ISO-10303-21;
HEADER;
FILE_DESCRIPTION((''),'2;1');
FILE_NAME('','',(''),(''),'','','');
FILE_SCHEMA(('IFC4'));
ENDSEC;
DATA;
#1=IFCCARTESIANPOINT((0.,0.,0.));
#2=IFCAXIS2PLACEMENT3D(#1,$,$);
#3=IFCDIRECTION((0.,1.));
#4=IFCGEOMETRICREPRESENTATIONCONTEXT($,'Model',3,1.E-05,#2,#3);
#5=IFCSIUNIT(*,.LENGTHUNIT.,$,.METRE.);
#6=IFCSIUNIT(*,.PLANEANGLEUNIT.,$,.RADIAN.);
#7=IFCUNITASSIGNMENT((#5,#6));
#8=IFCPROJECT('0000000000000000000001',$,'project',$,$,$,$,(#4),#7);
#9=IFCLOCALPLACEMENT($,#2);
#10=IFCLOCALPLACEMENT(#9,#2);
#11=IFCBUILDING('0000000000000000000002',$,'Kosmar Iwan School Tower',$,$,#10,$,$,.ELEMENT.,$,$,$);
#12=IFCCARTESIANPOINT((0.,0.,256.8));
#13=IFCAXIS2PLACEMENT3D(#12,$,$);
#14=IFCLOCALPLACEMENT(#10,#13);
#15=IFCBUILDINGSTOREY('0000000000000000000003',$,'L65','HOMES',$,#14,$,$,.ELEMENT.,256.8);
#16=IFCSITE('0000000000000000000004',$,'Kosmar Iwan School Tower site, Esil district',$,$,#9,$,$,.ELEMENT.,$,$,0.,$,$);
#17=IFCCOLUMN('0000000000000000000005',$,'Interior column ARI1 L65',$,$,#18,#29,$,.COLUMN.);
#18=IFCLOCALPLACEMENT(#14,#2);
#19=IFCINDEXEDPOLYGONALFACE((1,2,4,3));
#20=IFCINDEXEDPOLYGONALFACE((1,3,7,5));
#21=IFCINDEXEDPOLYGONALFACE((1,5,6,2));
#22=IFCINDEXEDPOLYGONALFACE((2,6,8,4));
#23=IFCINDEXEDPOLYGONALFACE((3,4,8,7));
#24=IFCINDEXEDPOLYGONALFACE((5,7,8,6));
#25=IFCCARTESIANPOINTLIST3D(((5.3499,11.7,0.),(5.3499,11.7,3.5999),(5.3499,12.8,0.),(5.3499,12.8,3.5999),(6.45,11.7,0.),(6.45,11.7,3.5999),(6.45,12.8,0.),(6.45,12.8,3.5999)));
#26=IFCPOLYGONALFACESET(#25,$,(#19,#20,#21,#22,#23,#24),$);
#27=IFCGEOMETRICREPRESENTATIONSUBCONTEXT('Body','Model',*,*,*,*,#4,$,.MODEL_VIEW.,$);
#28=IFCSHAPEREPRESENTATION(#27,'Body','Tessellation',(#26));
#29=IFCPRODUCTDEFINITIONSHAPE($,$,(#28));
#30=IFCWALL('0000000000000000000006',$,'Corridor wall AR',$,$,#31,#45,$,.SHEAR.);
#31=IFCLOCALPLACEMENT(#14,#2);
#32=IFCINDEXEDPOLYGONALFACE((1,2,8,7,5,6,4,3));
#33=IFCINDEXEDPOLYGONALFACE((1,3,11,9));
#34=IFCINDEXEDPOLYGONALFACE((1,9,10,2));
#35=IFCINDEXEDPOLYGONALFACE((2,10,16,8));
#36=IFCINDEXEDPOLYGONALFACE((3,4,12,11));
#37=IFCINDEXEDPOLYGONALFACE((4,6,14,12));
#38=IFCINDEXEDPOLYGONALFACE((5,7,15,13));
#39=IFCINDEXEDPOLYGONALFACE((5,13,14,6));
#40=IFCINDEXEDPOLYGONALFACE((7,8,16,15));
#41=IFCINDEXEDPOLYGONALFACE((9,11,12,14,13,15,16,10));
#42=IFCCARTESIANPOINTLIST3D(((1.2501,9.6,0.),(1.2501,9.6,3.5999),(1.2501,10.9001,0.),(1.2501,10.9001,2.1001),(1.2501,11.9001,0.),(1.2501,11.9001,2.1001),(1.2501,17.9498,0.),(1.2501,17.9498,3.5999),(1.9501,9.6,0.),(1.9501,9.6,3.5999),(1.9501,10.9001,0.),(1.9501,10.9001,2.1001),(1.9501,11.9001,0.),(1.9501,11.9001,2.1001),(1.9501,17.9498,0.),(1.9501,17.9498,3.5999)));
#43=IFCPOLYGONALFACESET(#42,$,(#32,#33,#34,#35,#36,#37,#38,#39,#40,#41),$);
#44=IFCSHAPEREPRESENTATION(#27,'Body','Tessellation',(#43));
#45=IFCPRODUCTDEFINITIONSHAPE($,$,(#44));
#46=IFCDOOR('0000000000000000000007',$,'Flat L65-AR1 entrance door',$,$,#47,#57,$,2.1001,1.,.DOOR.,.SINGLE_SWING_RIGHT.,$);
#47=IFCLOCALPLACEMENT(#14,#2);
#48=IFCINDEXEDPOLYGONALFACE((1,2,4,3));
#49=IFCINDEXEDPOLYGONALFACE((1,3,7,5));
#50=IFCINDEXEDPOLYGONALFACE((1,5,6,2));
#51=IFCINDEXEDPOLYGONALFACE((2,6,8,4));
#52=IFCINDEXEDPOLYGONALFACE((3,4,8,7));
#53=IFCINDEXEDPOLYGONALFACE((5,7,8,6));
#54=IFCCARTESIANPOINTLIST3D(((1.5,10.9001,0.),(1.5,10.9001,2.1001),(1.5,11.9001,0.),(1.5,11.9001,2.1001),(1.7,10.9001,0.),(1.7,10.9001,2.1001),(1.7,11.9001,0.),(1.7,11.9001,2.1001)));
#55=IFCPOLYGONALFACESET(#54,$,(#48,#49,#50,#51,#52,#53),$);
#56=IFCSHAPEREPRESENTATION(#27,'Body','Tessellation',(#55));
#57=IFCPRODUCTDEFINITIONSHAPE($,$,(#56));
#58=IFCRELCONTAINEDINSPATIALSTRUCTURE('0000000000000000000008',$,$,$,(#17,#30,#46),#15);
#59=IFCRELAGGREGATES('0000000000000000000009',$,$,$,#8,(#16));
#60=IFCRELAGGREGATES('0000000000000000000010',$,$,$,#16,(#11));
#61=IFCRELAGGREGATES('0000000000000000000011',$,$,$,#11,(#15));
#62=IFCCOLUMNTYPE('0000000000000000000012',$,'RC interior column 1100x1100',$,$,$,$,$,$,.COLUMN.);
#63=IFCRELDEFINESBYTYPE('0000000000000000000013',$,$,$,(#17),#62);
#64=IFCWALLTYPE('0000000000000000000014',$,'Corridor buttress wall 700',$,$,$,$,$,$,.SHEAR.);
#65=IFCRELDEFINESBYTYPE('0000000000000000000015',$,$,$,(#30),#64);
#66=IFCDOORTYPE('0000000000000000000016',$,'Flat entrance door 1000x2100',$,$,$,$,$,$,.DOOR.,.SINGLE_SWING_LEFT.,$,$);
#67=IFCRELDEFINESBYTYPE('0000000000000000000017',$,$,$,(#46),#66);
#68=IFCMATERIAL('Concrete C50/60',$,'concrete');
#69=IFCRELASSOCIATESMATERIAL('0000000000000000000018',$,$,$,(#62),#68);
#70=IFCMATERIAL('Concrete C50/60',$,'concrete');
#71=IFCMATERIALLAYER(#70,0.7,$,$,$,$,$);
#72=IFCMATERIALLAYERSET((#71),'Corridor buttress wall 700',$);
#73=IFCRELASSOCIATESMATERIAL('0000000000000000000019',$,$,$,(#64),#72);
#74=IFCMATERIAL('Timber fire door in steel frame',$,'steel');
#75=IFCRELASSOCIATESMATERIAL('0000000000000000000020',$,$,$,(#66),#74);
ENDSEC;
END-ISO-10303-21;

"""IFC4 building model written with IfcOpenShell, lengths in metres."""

from ifc_helpers import new_model, si_unit, direction, frame, frame_2d, origin, origin_2d, place, context, subcontext, project, spatial, rectangle, extrude, material, layer, layer_set, material_profile, profile_set, type_object, element, fill, save


model = new_model("IFC4")

# Units and contexts
model_context = context("Model", 3, precision=1e-05, world=origin(), true_north=direction((0.0, 1.0)))
body_context = subcontext(model_context, "Body", "Model", "MODEL_VIEW")
ifc_project = project(units=[si_unit("LENGTHUNIT", "METRE"), si_unit("PLANEANGLEUNIT", "RADIAN")], contexts=[model_context])

# Site, building, storey
site_placement = place(None, origin())
site = spatial("IfcSite", under=ifc_project, at=site_placement, Name="Kosmar Iwan School Tower site, Esil district", CompositionType="ELEMENT", RefElevation=0.0)
building_placement = place(site_placement, origin())
building = spatial("IfcBuilding", under=site, at=building_placement, Name="Kosmar Iwan School Tower", CompositionType="ELEMENT")
storey_placement = place(building_placement, frame((0.0, 0.0, 256.8)))
storey = spatial("IfcBuildingStorey", under=building, at=storey_placement, Name="L65", Description="HOMES", CompositionType="ELEMENT", Elevation=256.8)

# Column
ifc_material_1 = material(Name="Concrete C50/60", Category="concrete")
ifc_material_profile = material_profile(ifc_material_1, rectangle(XDim=1.1001, YDim=1.1001, at=origin_2d()), Name="RC 1100x1100")
ifc_profile_set = profile_set([ifc_material_profile], Name="Concrete C50/60")
column_type = type_object("IfcColumnType", Name="RC interior column 1100x1100", PredefinedType="COLUMN", material=ifc_profile_set)
column_placement = place(storey_placement, frame((5.8999, 12.25, 0.0), z_axis=(0.0, 0.0, 1.0), x_axis=(0.0, 1.0, 0.0)))
element("IfcColumn", 1, at=column_placement, inside=storey, type_object=column_type, Name="Interior column ARI1 L65", PredefinedType="COLUMN", context=body_context, shape_type="SweptSolid", body=[
    extrude(rectangle(XDim=1.1001, YDim=1.1001, at=origin_2d()), origin(), (0.0, 0.0, 1.0), 3.5999),
])

# Wall, opening, door
ifc_material_2 = material(Name="Concrete C50/60", Category="concrete")
ifc_layer_1 = layer(ifc_material_2, 0.7)
ifc_layer_set_1 = layer_set([ifc_layer_1], Name="Corridor buttress wall 700")
wall_type_1 = type_object("IfcWallType", Name="Corridor buttress wall 700", PredefinedType="SHEAR", material=ifc_layer_set_1)
wall_1_placement = place(storey_placement, frame((1.6001, 9.6001, 0.0), z_axis=(0.0, 0.0, 1.0), x_axis=(0.0, 1.0, 0.0)))
wall_1 = element("IfcWall", 2, at=wall_1_placement, inside=storey, type_object=wall_type_1, Name="Corridor wall AR", PredefinedType="SHEAR", context=body_context, shape_type="SweptSolid", body=[
    extrude(rectangle(XDim=8.3499, YDim=0.7, at=frame_2d((4.1748, 0.0))), origin(), (0.0, 0.0, 1.0), 3.5999),
])
opening_1_placement = place(wall_1_placement, frame((1.3, 0.0, 0.0)))
opening_1 = element("IfcOpeningElement", 3, at=opening_1_placement, cuts=wall_1, PredefinedType="OPENING", context=body_context, shape_type="SweptSolid", body=[
    extrude(rectangle(XDim=1.0, YDim=2.1001, at=frame_2d((0.5, 1.05))), frame((0.0, 0.3621, 0.0), z_axis=(0.0, -1.0, 0.0), x_axis=(1.0, 0.0, 0.0)), (0.0, 0.0, 1.0), 0.7239),
])
ifc_material_3 = material(Name="Timber fire door in steel frame", Category="steel")
door_type_1 = type_object("IfcDoorType", Name="Flat entrance door 1000x2100", OperationType="SINGLE_SWING_LEFT", PredefinedType="DOOR", material=ifc_material_3)
door_1_placement = place(opening_1_placement, origin())
door_1 = element("IfcDoor", 4, at=door_1_placement, inside=storey, type_object=door_type_1, Name="Flat L65-AR1 entrance door", OperationType="SINGLE_SWING_RIGHT", OverallHeight=2.1001, OverallWidth=1.0, PredefinedType="DOOR", context=body_context, shape_type="SweptSolid", body=[
    extrude(rectangle(XDim=1.0, YDim=2.1001, at=frame_2d((0.5, 1.05))), frame((0.0, 0.1001, 0.0), z_axis=(0.0, -1.0, 0.0), x_axis=(1.0, 0.0, 0.0)), (0.0, 0.0, 1.0), 0.2),
])
fill(opening_1, door_1)

save(model, "model.ifc")
